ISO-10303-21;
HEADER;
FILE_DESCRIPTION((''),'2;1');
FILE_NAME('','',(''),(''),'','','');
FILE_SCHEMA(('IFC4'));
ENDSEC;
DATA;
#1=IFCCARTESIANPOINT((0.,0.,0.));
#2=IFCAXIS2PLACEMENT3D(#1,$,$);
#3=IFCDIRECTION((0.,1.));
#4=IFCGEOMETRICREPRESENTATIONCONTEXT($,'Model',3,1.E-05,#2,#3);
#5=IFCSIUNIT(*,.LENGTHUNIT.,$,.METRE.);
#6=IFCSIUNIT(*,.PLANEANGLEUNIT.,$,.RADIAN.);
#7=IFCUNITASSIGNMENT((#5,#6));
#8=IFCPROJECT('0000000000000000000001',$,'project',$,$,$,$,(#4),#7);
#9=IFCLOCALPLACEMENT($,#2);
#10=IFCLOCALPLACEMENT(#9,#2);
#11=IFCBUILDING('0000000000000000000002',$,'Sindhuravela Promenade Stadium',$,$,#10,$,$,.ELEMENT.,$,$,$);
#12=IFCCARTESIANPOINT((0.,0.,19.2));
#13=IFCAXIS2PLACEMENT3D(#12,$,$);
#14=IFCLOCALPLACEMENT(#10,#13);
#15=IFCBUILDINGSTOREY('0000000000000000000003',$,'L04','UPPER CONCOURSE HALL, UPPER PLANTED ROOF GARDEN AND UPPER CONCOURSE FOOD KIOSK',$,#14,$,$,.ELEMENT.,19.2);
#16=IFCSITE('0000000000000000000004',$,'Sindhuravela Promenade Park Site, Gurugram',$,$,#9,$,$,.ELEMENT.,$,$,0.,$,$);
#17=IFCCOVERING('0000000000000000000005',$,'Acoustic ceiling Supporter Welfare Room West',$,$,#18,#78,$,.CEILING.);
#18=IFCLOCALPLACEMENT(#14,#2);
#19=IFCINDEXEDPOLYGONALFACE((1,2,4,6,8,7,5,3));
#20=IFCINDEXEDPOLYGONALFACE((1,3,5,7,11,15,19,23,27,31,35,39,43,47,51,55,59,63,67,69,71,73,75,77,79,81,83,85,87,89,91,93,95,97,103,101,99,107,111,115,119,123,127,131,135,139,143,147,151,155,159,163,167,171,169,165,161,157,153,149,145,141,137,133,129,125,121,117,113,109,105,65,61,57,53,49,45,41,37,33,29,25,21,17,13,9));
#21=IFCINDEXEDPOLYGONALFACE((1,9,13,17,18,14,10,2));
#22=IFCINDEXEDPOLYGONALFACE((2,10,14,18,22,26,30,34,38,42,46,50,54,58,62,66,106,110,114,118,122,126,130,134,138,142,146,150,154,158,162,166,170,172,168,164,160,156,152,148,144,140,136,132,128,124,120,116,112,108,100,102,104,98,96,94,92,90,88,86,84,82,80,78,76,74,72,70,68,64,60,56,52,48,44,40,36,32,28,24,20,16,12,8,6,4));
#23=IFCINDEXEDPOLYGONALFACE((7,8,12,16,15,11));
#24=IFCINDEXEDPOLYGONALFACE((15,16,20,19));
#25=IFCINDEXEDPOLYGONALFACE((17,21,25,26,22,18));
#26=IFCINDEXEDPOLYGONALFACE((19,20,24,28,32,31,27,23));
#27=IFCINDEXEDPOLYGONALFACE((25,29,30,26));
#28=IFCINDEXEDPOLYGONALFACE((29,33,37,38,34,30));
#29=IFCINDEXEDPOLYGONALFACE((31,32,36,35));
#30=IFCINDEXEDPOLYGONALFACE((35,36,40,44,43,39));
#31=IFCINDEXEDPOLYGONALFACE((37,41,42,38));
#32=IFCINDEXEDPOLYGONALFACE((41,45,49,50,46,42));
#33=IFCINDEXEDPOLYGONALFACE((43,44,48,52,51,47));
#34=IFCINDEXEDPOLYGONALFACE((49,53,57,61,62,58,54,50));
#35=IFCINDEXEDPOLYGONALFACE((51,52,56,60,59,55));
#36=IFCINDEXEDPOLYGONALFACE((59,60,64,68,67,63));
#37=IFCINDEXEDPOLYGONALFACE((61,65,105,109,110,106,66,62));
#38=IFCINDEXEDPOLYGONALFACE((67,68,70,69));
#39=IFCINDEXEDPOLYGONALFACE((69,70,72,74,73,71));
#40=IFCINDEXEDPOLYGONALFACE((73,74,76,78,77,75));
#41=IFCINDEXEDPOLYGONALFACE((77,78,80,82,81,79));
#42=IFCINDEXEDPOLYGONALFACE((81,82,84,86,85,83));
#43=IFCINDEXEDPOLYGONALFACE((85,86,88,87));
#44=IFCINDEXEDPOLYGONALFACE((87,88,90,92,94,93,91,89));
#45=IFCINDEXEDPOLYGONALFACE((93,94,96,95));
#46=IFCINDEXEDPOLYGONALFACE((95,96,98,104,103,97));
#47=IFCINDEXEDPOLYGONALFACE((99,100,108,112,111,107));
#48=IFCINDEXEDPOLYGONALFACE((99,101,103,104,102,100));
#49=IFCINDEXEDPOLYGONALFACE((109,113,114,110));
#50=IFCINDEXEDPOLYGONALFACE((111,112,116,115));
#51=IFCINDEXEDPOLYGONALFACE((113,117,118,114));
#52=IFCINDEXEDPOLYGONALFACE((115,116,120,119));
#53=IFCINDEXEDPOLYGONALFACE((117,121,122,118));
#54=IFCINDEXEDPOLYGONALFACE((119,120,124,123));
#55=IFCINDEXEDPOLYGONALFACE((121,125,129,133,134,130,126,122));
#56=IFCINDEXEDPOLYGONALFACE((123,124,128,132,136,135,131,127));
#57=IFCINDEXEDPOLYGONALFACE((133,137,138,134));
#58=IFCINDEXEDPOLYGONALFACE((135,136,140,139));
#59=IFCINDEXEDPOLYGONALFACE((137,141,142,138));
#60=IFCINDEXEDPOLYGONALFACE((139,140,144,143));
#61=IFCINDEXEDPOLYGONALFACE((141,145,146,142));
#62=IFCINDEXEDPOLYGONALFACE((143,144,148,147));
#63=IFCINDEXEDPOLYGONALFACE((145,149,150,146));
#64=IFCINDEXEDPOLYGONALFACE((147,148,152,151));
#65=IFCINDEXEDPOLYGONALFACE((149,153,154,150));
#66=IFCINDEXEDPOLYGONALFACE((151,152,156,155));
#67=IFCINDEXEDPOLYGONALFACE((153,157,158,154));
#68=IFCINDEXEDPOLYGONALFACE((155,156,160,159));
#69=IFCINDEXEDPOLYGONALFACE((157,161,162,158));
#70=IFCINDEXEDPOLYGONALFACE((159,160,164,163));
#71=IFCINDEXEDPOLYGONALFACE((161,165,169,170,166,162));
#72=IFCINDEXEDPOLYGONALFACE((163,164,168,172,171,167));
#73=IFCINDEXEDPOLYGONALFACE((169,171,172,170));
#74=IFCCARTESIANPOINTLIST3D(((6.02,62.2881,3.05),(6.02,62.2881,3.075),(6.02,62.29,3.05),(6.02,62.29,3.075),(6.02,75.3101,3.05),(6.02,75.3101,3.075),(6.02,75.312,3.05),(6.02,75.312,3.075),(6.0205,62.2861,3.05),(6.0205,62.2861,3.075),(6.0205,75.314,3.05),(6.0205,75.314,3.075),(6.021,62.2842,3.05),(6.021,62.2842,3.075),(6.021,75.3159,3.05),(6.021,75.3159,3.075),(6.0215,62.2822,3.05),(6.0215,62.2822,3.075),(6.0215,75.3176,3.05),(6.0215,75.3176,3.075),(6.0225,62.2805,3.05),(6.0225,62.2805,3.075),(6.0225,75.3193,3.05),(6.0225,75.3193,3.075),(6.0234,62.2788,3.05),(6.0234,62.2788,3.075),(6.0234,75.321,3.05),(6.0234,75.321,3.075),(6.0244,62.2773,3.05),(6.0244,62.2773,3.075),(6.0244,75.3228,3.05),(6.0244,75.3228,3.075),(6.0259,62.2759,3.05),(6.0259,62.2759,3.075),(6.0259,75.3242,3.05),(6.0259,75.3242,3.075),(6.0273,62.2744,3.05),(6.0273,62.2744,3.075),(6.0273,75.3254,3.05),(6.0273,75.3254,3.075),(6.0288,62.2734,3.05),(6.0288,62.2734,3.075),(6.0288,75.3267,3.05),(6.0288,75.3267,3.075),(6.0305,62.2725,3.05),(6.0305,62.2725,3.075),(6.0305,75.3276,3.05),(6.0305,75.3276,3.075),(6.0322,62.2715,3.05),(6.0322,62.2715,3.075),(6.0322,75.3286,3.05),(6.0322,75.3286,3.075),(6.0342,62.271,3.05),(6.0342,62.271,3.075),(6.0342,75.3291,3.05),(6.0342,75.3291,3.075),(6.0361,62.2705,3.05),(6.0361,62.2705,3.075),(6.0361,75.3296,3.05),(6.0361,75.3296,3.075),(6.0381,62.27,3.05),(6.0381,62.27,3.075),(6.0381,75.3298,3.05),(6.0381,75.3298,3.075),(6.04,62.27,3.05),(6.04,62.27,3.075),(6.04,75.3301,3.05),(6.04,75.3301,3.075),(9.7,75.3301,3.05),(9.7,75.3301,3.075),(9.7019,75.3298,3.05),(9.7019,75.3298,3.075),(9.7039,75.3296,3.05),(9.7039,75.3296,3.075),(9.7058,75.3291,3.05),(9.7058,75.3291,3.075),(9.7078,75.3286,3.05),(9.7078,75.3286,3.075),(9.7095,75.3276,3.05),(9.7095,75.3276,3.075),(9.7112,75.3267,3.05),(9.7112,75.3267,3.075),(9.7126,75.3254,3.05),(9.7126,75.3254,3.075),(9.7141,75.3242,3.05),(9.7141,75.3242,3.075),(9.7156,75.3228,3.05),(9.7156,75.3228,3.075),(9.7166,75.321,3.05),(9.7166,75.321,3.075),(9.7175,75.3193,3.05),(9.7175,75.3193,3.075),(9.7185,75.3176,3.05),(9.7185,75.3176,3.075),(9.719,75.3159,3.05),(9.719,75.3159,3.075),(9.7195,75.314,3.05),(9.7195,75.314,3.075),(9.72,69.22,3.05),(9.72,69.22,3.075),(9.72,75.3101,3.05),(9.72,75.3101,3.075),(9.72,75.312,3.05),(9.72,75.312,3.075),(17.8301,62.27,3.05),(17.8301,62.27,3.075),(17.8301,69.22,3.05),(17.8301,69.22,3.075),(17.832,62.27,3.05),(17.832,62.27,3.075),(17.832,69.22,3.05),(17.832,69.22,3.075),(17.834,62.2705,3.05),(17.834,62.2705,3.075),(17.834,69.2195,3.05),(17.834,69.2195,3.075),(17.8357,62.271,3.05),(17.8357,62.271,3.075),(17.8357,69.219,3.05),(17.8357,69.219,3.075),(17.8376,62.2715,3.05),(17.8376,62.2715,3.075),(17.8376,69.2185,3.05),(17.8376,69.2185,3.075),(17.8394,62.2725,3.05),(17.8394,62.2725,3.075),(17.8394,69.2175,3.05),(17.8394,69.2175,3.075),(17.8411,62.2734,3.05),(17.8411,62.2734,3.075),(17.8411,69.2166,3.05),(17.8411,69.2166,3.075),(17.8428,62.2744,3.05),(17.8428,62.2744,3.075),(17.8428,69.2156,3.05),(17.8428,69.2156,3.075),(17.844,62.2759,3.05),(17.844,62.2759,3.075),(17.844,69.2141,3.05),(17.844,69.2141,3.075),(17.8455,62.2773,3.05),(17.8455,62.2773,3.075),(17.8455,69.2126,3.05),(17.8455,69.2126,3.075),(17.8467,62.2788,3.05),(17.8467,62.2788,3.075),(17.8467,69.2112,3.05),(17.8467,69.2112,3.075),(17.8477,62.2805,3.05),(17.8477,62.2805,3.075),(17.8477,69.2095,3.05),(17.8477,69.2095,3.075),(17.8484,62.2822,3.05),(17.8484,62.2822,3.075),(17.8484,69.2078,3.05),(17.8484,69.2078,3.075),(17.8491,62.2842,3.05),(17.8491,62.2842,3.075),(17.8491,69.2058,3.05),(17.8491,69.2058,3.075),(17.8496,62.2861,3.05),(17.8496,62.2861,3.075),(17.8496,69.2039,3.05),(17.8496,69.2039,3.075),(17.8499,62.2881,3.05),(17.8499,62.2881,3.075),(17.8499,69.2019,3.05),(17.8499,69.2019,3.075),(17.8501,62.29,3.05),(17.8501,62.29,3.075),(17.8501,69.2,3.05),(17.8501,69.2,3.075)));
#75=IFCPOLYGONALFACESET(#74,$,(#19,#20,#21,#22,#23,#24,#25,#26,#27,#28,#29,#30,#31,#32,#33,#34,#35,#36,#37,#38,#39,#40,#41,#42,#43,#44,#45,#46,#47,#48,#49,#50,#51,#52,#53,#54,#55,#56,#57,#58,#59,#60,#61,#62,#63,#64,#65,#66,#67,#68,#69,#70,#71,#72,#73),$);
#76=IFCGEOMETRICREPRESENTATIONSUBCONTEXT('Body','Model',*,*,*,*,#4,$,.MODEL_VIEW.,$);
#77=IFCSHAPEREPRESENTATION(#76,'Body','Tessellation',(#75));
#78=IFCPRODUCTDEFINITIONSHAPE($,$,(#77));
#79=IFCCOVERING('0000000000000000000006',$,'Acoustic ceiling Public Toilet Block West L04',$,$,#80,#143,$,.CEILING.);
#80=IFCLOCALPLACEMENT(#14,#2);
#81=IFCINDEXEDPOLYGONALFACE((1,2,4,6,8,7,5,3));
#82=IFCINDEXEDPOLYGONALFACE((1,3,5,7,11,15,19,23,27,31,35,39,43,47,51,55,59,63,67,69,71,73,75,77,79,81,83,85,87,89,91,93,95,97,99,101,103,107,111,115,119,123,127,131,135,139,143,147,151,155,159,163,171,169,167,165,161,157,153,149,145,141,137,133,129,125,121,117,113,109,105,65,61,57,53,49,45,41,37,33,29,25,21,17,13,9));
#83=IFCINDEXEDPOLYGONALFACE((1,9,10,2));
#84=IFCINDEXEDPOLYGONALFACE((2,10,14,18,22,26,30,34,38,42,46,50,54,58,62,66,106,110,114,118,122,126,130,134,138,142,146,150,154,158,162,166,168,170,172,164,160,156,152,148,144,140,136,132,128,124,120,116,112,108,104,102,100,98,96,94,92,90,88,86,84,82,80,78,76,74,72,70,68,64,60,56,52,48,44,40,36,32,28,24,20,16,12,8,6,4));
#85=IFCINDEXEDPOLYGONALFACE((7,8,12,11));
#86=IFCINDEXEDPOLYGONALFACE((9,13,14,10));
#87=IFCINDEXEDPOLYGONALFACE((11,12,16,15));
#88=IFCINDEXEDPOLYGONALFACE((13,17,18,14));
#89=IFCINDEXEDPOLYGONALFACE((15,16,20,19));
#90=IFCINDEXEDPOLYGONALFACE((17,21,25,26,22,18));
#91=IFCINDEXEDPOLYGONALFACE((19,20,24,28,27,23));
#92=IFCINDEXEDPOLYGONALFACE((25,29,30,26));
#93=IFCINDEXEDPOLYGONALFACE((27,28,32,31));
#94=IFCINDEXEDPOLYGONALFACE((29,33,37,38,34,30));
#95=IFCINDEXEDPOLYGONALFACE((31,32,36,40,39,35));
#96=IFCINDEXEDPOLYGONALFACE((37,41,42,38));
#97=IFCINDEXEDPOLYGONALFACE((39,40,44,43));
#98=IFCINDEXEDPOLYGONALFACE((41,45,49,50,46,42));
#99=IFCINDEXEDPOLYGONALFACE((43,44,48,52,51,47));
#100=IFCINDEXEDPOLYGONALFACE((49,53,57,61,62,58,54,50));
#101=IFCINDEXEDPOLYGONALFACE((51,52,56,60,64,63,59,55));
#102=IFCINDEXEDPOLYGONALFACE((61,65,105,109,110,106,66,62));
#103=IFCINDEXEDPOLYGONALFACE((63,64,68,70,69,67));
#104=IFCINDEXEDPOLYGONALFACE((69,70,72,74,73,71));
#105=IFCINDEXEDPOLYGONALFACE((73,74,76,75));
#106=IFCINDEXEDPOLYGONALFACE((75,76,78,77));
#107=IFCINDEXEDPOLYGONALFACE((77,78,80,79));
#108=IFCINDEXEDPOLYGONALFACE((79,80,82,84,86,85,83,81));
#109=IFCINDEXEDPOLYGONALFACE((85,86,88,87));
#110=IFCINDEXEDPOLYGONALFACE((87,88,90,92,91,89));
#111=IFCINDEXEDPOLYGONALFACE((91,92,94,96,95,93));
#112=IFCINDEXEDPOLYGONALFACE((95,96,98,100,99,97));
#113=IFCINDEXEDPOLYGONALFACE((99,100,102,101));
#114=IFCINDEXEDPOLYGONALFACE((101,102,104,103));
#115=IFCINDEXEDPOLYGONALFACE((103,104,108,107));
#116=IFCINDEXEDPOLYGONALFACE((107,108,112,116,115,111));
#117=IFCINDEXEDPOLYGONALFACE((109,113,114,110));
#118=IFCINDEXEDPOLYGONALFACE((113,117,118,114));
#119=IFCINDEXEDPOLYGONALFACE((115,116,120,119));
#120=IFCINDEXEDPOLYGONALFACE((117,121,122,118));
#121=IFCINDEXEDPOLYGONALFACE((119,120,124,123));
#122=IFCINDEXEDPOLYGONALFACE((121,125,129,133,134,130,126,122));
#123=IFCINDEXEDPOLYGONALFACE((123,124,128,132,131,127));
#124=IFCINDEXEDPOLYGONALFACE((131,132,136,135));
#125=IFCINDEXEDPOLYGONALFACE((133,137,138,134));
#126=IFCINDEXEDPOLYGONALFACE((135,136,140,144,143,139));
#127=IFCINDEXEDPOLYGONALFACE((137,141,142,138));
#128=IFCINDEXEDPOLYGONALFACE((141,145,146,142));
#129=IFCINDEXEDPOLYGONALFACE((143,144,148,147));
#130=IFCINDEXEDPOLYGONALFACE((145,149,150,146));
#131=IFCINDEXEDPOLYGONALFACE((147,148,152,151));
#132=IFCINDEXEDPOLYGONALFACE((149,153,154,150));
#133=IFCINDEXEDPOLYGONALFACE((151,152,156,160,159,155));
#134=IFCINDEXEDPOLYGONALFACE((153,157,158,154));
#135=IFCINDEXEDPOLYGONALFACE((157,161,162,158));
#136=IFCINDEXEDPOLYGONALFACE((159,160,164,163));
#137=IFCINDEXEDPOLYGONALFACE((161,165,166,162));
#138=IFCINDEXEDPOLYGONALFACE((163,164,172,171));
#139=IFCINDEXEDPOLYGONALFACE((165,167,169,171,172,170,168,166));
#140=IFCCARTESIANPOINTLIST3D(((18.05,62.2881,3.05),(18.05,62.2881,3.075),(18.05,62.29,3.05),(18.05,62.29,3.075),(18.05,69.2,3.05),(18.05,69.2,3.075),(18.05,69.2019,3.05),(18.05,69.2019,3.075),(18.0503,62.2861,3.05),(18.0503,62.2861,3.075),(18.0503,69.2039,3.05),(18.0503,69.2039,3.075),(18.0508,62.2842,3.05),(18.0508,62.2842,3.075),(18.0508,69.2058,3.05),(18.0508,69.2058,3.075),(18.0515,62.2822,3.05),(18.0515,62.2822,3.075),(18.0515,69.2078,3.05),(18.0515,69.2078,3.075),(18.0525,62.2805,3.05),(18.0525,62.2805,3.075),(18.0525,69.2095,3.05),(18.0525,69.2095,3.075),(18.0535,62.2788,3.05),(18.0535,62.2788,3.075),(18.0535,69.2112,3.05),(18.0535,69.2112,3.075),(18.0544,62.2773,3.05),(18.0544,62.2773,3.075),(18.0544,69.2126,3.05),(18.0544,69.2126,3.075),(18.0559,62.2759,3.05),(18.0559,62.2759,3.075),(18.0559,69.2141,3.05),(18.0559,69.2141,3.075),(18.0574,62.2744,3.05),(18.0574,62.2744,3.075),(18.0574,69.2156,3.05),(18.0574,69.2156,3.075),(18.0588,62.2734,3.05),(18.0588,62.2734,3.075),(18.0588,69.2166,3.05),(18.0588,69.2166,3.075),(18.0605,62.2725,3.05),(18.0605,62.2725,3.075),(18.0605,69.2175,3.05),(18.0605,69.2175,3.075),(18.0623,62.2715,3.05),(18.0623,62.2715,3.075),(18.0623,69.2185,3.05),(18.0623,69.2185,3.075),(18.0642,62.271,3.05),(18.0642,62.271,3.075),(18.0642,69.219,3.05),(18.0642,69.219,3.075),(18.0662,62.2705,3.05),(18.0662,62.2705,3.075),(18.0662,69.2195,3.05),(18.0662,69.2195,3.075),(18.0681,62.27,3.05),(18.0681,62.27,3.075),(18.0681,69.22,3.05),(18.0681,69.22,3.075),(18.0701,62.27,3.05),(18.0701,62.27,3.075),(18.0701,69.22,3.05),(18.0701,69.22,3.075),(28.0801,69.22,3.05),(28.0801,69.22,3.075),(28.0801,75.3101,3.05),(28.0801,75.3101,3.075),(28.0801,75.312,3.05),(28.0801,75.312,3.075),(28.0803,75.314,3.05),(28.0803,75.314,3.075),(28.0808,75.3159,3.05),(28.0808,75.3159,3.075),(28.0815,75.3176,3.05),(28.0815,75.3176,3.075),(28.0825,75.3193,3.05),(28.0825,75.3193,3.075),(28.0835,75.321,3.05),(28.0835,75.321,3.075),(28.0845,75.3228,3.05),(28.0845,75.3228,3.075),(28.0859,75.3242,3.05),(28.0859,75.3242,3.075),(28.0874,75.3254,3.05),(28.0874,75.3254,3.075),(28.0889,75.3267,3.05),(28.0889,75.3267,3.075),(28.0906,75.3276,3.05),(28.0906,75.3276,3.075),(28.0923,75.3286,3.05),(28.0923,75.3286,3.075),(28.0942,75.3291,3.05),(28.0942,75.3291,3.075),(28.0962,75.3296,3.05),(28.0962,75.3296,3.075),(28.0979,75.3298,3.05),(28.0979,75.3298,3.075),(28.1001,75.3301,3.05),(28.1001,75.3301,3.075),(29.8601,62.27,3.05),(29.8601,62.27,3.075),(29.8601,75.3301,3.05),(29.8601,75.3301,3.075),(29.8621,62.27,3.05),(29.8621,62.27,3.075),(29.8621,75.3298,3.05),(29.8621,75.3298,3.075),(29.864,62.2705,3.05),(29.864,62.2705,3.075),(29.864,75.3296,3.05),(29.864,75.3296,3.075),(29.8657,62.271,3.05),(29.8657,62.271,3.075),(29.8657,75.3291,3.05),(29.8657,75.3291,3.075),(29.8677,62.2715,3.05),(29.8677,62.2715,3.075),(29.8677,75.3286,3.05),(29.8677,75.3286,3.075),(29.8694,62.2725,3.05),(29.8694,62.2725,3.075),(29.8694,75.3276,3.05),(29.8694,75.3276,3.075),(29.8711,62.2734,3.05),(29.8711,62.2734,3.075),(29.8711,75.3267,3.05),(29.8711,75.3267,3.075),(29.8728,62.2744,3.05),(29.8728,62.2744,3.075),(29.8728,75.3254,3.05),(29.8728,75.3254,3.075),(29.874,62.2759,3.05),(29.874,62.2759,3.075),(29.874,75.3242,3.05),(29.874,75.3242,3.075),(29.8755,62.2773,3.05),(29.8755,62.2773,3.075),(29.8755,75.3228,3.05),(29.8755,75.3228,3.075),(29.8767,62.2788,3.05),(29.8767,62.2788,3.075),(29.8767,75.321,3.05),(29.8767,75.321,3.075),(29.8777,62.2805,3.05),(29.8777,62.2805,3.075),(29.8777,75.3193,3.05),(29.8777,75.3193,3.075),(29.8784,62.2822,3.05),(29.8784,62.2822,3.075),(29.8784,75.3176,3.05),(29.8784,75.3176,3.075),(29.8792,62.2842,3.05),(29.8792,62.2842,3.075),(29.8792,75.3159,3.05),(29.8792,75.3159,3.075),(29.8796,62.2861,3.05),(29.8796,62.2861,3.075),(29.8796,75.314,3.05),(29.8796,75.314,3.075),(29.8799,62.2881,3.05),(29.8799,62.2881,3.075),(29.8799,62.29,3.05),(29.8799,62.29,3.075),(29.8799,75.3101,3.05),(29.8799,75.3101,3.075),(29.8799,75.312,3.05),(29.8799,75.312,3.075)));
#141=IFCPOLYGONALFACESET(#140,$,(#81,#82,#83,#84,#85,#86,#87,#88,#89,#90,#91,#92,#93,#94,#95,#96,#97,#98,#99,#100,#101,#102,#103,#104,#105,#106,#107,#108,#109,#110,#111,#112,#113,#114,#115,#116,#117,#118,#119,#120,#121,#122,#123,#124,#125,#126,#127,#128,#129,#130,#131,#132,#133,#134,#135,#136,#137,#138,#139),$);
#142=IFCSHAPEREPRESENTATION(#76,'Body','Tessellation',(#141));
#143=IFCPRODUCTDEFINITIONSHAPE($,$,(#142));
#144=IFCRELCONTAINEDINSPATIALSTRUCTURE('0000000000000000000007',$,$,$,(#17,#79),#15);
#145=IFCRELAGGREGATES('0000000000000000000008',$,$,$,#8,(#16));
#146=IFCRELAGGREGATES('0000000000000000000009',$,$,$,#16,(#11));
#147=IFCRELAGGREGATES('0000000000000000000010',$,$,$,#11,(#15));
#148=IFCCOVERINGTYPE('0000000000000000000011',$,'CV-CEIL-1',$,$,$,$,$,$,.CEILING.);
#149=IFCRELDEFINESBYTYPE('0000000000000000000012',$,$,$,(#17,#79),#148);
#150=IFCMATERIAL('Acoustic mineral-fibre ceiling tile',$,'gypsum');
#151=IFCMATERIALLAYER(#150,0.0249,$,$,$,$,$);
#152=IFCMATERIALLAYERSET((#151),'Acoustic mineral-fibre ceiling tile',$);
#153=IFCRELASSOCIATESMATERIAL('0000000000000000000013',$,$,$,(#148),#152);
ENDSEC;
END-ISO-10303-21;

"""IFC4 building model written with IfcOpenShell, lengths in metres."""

from ifc_helpers import new_model, si_unit, direction, frame, origin, place, context, subcontext, project, spatial, polyline, outline, extrude, material, layer, layer_set, type_object, element, save


model = new_model("IFC4")

# Units and contexts
model_context = context("Model", 3, precision=1e-05, world=origin(), true_north=direction((0.0, 1.0)))
body_context = subcontext(model_context, "Body", "Model", "MODEL_VIEW")
ifc_project = project(units=[si_unit("LENGTHUNIT", "METRE"), si_unit("PLANEANGLEUNIT", "RADIAN")], contexts=[model_context])

# Site, building, storey
site_placement = place(None, origin())
site = spatial("IfcSite", under=ifc_project, at=site_placement, Name="Sindhuravela Promenade Park Site, Gurugram", CompositionType="ELEMENT", RefElevation=0.0)
building_placement = place(site_placement, origin())
building = spatial("IfcBuilding", under=site, at=building_placement, Name="Sindhuravela Promenade Stadium", CompositionType="ELEMENT")
storey_placement = place(building_placement, frame((0.0, 0.0, 19.2)))
storey = spatial("IfcBuildingStorey", under=building, at=storey_placement, Name="L04", Description="UPPER CONCOURSE HALL, UPPER PLANTED ROOF GARDEN AND UPPER CONCOURSE FOOD KIOSK", CompositionType="ELEMENT", Elevation=19.2)

# Coverings
ifc_material_1 = material(Name="Acoustic mineral-fibre ceiling tile", Category="gypsum")
ifc_layer_1 = layer(ifc_material_1, 0.0249)
ifc_layer_set_1 = layer_set([ifc_layer_1], Name="Acoustic mineral-fibre ceiling tile")
covering_type_1 = type_object("IfcCoveringType", Name="CV-CEIL-1", PredefinedType="CEILING", material=ifc_layer_set_1)
covering_1_placement = place(storey_placement, frame((0.0, 0.0, 3.05)))
element("IfcCovering", 1, at=covering_1_placement, inside=storey, type_object=covering_type_1, Name="Acoustic ceiling Supporter Welfare Room West", PredefinedType="CEILING", context=body_context, shape_type="SweptSolid", body=[
    extrude(outline(polyline([(6.04, 62.27), (6.0381, 62.27), (6.0361, 62.2705), (6.0342, 62.271), (6.0322, 62.2715), (6.0305, 62.2725), (6.0288, 62.2734), (6.0273, 62.2744), (6.0259, 62.2759), (6.0244, 62.2773), (6.0234, 62.2788), (6.0225, 62.2805), (6.0215, 62.2822), (6.021, 62.2842), (6.0205, 62.2861), (6.02, 62.2881), (6.02, 62.29), (6.02, 75.3101), (6.02, 75.312), (6.0205, 75.314), (6.021, 75.3159), (6.0215, 75.3176), (6.0225, 75.3193), (6.0234, 75.321), (6.0244, 75.3228), (6.0259, 75.3242), (6.0273, 75.3254), (6.0288, 75.3267), (6.0305, 75.3276), (6.0322, 75.3286), (6.0342, 75.3291), (6.0361, 75.3296), (6.0381, 75.3298), (6.04, 75.3301), (9.7, 75.3301), (9.7019, 75.3298), (9.7039, 75.3296), (9.7058, 75.3291), (9.7078, 75.3286), (9.7095, 75.3276), (9.7112, 75.3267), (9.7126, 75.3254), (9.7141, 75.3242), (9.7156, 75.3228), (9.7166, 75.321), (9.7175, 75.3193), (9.7185, 75.3176), (9.719, 75.3159), (9.7195, 75.314), (9.72, 75.312), (9.72, 75.3101), (9.72, 69.22), (17.8301, 69.22), (17.832, 69.22), (17.834, 69.2195), (17.8357, 69.219), (17.8376, 69.2185), (17.8394, 69.2175), (17.8411, 69.2166), (17.8428, 69.2156), (17.844, 69.2141), (17.8455, 69.2126), (17.8467, 69.2112), (17.8477, 69.2095), (17.8484, 69.2078), (17.8491, 69.2058), (17.8496, 69.2039), (17.8499, 69.2019), (17.8501, 69.2), (17.8501, 62.29), (17.8499, 62.2881), (17.8496, 62.2861), (17.8491, 62.2842), (17.8484, 62.2822), (17.8477, 62.2805), (17.8467, 62.2788), (17.8455, 62.2773), (17.844, 62.2759), (17.8428, 62.2744), (17.8411, 62.2734), (17.8394, 62.2725), (17.8376, 62.2715), (17.8357, 62.271), (17.834, 62.2705), (17.832, 62.27), (17.8301, 62.27), (6.04, 62.27)])), origin(), (0.0, 0.0, 1.0), 0.0249),
])
covering_2_placement = place(storey_placement, frame((0.0, 0.0, 3.05)))
element("IfcCovering", 2, at=covering_2_placement, inside=storey, type_object=covering_type_1, Name="Acoustic ceiling Public Toilet Block West L04", PredefinedType="CEILING", context=body_context, shape_type="SweptSolid", body=[
    extrude(outline(polyline([(28.0801, 75.3101), (28.0801, 75.312), (28.0803, 75.314), (28.0808, 75.3159), (28.0815, 75.3176), (28.0825, 75.3193), (28.0835, 75.321), (28.0845, 75.3228), (28.0859, 75.3242), (28.0874, 75.3254), (28.0889, 75.3267), (28.0906, 75.3276), (28.0923, 75.3286), (28.0942, 75.3291), (28.0962, 75.3296), (28.0979, 75.3298), (28.1001, 75.3301), (29.8601, 75.3301), (29.8621, 75.3298), (29.864, 75.3296), (29.8657, 75.3291), (29.8677, 75.3286), (29.8694, 75.3276), (29.8711, 75.3267), (29.8728, 75.3254), (29.874, 75.3242), (29.8755, 75.3228), (29.8767, 75.321), (29.8777, 75.3193), (29.8784, 75.3176), (29.8792, 75.3159), (29.8796, 75.314), (29.8799, 75.312), (29.8799, 75.3101), (29.8799, 62.29), (29.8799, 62.2881), (29.8796, 62.2861), (29.8792, 62.2842), (29.8784, 62.2822), (29.8777, 62.2805), (29.8767, 62.2788), (29.8755, 62.2773), (29.874, 62.2759), (29.8728, 62.2744), (29.8711, 62.2734), (29.8694, 62.2725), (29.8677, 62.2715), (29.8657, 62.271), (29.864, 62.2705), (29.8621, 62.27), (29.8601, 62.27), (18.0701, 62.27), (18.0681, 62.27), (18.0662, 62.2705), (18.0642, 62.271), (18.0623, 62.2715), (18.0605, 62.2725), (18.0588, 62.2734), (18.0574, 62.2744), (18.0559, 62.2759), (18.0544, 62.2773), (18.0535, 62.2788), (18.0525, 62.2805), (18.0515, 62.2822), (18.0508, 62.2842), (18.0503, 62.2861), (18.05, 62.2881), (18.05, 62.29), (18.05, 69.2), (18.05, 69.2019), (18.0503, 69.2039), (18.0508, 69.2058), (18.0515, 69.2078), (18.0525, 69.2095), (18.0535, 69.2112), (18.0544, 69.2126), (18.0559, 69.2141), (18.0574, 69.2156), (18.0588, 69.2166), (18.0605, 69.2175), (18.0623, 69.2185), (18.0642, 69.219), (18.0662, 69.2195), (18.0681, 69.22), (18.0701, 69.22), (28.0801, 69.22), (28.0801, 75.3101)])), origin(), (0.0, 0.0, 1.0), 0.0249),
])

save(model, "model.ifc")
